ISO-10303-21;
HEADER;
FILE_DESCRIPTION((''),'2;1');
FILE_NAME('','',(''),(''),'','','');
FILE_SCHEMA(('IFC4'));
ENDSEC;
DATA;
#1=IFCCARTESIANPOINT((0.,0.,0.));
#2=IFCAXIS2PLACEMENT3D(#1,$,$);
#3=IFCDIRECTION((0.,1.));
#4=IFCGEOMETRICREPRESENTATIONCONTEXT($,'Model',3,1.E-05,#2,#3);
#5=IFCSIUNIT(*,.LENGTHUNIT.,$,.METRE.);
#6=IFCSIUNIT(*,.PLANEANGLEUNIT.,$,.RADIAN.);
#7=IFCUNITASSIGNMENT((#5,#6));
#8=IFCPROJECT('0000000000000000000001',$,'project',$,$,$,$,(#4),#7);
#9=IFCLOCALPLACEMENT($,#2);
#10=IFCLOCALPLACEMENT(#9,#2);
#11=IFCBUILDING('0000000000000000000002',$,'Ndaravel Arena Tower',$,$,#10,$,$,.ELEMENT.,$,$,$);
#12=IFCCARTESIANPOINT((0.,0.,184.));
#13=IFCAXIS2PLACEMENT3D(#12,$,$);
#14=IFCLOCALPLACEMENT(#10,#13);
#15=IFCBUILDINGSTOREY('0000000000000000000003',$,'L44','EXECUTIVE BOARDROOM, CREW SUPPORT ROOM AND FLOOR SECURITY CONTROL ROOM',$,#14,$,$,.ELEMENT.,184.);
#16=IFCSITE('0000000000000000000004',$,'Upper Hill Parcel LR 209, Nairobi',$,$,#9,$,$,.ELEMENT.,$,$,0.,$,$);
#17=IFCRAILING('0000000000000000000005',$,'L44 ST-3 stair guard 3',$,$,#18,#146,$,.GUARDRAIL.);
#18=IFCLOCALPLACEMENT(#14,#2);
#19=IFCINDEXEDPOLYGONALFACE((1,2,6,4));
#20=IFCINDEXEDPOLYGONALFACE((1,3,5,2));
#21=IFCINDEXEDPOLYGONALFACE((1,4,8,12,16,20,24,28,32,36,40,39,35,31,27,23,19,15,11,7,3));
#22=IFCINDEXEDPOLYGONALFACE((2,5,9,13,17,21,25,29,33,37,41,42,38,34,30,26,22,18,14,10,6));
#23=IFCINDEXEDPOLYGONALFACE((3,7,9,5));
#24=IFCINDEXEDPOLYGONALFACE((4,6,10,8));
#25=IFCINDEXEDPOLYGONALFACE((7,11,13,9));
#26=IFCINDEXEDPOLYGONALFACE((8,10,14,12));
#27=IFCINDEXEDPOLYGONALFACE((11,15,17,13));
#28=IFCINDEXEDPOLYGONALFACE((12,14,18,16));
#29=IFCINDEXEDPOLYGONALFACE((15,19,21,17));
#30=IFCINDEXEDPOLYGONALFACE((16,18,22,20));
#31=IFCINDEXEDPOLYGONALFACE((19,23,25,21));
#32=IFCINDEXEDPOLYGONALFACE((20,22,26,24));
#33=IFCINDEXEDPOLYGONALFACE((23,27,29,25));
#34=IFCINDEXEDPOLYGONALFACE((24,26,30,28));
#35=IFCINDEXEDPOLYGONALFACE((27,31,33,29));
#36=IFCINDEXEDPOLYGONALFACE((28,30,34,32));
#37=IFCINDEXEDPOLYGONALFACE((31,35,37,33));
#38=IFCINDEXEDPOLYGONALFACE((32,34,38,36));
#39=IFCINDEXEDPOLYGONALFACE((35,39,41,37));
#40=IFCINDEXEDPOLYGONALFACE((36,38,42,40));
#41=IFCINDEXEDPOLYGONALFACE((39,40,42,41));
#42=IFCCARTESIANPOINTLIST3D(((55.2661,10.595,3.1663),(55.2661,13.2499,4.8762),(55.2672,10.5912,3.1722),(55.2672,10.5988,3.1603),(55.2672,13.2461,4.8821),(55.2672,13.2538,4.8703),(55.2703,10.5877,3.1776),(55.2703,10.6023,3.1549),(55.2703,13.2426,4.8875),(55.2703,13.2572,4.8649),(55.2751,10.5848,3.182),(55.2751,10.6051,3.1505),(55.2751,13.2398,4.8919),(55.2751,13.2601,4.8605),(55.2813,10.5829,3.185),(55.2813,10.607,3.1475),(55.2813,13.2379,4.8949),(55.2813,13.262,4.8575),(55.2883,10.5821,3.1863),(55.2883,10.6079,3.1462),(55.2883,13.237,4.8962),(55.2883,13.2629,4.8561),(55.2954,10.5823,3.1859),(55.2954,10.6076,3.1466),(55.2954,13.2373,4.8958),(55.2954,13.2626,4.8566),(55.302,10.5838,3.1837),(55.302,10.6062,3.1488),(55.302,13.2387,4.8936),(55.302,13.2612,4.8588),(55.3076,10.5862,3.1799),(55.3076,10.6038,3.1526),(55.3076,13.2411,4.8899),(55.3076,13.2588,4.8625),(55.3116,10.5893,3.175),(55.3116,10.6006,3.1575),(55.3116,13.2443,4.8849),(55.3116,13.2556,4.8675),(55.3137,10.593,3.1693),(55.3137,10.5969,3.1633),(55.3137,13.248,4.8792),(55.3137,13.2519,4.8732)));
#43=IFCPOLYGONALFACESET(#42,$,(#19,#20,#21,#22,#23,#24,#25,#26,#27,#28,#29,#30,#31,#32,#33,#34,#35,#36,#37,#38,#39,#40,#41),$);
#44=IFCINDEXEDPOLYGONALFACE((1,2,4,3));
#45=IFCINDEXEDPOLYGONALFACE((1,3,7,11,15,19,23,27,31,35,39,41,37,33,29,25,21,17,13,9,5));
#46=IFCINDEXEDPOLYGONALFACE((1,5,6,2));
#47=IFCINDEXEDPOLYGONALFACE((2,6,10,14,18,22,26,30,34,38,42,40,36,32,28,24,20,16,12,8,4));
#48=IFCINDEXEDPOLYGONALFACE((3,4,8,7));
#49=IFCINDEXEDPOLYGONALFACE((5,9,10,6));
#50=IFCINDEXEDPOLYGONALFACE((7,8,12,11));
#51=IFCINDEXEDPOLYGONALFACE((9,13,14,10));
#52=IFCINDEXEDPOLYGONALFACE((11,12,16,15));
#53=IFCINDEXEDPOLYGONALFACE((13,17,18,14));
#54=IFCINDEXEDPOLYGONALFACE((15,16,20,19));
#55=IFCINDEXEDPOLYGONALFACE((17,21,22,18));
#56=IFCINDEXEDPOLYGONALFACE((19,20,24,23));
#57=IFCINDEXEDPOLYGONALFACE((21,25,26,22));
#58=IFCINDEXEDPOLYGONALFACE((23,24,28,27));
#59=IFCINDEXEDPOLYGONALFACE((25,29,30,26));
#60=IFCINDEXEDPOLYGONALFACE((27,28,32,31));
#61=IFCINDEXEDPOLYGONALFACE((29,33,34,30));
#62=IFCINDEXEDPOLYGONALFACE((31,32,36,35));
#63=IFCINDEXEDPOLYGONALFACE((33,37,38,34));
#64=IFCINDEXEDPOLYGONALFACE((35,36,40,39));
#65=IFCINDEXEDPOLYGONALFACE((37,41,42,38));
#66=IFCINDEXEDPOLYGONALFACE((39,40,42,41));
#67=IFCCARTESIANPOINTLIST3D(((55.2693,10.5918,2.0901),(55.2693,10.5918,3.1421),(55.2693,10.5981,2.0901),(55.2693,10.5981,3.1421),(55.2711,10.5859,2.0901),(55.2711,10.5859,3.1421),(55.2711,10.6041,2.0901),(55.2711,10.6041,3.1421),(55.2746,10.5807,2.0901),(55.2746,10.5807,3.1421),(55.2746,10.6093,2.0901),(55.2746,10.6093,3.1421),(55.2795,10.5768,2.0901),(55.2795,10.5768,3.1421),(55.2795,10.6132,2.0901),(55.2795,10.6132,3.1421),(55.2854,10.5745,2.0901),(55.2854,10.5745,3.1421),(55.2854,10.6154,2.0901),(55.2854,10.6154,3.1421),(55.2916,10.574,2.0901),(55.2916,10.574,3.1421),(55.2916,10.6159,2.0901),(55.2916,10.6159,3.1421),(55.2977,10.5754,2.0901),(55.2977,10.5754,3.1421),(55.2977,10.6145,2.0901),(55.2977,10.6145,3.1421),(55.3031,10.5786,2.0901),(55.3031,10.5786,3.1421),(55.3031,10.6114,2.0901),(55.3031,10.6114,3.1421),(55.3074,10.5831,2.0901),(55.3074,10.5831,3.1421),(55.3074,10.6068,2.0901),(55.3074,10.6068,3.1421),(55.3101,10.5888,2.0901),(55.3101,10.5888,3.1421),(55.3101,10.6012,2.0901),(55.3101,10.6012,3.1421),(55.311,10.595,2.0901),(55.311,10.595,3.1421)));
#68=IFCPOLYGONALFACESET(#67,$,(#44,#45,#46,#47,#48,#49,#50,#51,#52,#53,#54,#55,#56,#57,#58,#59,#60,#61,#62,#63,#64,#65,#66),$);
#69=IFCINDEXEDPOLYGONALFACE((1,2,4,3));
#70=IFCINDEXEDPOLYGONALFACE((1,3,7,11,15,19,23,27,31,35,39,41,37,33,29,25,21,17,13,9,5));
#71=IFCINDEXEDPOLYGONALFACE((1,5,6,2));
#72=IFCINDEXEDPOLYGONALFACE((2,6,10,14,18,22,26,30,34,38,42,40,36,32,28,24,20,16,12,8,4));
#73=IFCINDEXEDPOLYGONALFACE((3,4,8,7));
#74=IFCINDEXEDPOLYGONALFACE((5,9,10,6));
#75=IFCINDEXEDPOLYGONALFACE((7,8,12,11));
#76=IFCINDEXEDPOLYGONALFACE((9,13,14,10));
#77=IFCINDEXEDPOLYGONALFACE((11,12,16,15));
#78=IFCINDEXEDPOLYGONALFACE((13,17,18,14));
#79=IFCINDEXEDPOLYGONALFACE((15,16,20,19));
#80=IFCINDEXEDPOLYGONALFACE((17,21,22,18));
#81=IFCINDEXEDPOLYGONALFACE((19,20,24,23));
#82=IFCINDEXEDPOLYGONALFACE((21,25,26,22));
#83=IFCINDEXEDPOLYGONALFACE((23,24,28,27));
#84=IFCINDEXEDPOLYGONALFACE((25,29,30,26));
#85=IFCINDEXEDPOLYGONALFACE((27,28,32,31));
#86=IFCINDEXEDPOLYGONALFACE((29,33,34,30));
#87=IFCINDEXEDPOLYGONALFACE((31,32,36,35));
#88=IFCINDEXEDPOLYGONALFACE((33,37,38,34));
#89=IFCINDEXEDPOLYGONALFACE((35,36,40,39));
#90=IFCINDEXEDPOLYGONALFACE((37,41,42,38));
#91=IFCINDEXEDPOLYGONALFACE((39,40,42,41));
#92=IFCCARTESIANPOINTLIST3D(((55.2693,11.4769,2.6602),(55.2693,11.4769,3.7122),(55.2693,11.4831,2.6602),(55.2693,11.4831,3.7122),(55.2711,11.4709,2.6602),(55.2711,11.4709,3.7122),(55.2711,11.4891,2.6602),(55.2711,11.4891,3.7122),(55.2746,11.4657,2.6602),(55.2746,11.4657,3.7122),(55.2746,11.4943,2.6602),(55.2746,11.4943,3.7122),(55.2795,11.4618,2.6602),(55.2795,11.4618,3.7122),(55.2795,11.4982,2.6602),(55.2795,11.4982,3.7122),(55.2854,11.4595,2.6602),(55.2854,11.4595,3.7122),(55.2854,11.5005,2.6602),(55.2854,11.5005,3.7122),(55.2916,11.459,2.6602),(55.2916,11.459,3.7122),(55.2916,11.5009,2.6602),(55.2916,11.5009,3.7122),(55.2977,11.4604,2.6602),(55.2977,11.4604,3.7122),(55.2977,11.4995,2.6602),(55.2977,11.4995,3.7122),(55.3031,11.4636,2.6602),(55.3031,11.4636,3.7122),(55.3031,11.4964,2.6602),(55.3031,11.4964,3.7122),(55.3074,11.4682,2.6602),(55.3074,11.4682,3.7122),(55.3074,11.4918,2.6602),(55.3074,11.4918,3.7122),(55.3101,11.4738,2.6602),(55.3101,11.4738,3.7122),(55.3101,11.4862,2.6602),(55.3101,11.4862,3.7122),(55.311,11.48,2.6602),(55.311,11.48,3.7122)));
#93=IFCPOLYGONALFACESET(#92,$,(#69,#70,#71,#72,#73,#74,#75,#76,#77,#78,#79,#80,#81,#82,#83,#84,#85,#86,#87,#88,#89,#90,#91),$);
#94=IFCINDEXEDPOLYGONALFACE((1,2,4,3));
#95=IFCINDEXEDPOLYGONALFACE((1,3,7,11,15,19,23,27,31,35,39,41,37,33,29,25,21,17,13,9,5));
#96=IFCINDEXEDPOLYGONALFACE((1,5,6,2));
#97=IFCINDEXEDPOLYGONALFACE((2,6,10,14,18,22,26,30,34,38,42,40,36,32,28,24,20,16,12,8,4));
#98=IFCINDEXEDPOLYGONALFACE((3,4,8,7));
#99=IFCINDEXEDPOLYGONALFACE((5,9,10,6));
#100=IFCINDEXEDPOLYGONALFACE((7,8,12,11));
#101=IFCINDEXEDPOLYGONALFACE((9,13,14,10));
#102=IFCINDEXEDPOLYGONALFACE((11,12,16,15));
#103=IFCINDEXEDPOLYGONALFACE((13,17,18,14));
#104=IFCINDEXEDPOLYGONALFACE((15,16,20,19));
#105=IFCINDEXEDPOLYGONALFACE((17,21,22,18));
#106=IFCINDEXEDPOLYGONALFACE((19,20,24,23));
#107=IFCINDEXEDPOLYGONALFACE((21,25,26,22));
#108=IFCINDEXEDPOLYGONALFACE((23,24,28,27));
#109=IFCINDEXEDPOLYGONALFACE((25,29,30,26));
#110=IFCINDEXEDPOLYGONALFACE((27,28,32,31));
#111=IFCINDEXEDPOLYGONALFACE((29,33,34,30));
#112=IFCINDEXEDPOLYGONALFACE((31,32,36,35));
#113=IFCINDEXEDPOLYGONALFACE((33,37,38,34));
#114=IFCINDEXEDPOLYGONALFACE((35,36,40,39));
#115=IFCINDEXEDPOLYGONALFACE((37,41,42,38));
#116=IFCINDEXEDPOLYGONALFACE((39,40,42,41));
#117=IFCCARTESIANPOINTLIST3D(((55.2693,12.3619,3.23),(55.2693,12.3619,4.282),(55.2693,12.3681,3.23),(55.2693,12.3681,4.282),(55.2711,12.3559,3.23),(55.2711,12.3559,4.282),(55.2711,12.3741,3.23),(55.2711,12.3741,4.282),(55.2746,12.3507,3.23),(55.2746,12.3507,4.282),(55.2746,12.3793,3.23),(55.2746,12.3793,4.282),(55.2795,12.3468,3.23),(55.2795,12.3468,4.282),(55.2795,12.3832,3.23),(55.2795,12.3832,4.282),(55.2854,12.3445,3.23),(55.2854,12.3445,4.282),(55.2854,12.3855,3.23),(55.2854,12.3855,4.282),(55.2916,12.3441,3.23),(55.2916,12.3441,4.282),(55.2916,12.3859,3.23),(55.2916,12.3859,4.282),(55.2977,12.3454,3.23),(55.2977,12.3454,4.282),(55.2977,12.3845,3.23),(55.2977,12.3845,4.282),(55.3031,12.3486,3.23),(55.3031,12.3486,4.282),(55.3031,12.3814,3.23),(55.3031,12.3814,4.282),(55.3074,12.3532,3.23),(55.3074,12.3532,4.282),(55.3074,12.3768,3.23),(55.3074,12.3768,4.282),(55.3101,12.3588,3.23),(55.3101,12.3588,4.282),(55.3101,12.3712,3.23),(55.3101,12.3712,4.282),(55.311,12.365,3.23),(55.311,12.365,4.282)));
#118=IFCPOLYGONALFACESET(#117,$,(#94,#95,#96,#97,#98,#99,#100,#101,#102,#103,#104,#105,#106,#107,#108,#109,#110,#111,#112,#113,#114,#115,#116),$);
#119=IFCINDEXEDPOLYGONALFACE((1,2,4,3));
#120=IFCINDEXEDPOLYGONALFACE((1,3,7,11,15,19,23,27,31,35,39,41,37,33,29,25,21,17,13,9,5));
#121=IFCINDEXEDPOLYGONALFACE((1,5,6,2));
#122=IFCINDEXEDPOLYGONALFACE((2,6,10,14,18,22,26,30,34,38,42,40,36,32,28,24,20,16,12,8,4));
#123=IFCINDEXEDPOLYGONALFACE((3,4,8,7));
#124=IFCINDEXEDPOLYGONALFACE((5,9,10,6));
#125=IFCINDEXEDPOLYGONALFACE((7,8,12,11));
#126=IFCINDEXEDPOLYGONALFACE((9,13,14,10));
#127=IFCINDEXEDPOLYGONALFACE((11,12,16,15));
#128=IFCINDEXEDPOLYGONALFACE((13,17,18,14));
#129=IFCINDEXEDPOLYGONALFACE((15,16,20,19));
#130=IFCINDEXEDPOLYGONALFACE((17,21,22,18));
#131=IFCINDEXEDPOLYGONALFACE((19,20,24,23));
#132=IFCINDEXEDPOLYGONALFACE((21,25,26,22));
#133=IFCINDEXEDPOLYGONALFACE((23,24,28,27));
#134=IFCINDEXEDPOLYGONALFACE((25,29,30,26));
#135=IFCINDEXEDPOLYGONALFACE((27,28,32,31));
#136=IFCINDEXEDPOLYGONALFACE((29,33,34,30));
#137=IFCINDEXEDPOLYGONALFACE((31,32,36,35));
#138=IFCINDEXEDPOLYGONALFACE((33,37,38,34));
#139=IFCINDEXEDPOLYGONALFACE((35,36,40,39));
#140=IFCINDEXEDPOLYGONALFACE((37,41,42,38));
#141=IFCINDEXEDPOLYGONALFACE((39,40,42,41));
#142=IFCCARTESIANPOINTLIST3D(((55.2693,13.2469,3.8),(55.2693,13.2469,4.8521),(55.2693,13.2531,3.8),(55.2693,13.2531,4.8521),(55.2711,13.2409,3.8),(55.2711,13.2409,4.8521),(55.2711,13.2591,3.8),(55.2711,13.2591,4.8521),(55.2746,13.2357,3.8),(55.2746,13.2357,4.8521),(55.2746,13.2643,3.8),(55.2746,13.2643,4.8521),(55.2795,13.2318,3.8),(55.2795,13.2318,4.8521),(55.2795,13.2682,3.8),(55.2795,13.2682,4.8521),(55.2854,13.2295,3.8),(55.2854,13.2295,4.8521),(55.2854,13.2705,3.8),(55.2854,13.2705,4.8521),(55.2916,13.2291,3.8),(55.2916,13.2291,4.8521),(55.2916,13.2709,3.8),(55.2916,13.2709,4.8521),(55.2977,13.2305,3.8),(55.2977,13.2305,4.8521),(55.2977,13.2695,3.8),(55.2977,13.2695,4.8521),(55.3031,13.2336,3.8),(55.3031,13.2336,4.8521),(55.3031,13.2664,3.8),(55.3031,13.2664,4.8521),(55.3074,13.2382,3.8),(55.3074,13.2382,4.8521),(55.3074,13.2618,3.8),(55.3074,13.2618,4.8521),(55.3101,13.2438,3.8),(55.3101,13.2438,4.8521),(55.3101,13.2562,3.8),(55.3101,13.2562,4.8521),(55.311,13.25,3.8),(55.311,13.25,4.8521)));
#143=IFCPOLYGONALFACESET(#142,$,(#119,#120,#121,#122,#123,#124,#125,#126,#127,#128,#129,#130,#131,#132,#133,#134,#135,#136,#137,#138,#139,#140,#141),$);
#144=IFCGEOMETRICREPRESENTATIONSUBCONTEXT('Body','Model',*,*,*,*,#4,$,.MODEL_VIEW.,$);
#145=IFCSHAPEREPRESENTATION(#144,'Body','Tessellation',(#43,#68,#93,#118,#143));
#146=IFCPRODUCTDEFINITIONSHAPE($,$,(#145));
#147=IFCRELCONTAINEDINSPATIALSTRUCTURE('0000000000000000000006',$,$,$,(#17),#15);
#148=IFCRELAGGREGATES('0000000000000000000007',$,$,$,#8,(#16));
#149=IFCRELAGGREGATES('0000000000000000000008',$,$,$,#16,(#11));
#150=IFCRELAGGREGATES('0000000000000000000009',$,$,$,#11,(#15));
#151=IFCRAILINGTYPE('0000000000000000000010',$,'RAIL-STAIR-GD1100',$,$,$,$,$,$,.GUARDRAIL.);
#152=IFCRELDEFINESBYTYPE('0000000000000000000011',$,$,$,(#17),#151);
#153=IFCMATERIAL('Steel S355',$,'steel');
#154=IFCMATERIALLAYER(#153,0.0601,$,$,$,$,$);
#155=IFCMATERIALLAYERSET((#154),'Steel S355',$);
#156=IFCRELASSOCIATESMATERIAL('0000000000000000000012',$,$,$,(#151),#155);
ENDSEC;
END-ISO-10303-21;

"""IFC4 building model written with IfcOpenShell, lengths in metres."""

from ifc_helpers import new_model, si_unit, direction, frame, origin, origin_2d, place, context, subcontext, project, spatial, circle, extrude, material, layer, layer_set, type_object, element, save


model = new_model("IFC4")

# Units and contexts
model_context = context("Model", 3, precision=1e-05, world=origin(), true_north=direction((0.0, 1.0)))
body_context = subcontext(model_context, "Body", "Model", "MODEL_VIEW")
ifc_project = project(units=[si_unit("LENGTHUNIT", "METRE"), si_unit("PLANEANGLEUNIT", "RADIAN")], contexts=[model_context])

# Site, building, storey
site_placement = place(None, origin())
site = spatial("IfcSite", under=ifc_project, at=site_placement, Name="Upper Hill Parcel LR 209, Nairobi", CompositionType="ELEMENT", RefElevation=0.0)
building_placement = place(site_placement, origin())
building = spatial("IfcBuilding", under=site, at=building_placement, Name="Ndaravel Arena Tower", CompositionType="ELEMENT")
storey_placement = place(building_placement, frame((0.0, 0.0, 184.0)))
storey = spatial("IfcBuildingStorey", under=building, at=storey_placement, Name="L44", Description="EXECUTIVE BOARDROOM, CREW SUPPORT ROOM AND FLOOR SECURITY CONTROL ROOM", CompositionType="ELEMENT", Elevation=184.0)

# Railing
ifc_material_1 = material(Name="Steel S355", Category="steel")
ifc_layer_1 = layer(ifc_material_1, 0.0601)
ifc_layer_set_1 = layer_set([ifc_layer_1], Name="Steel S355")
railing_type_1 = type_object("IfcRailingType", Name="RAIL-STAIR-GD1100", PredefinedType="GUARDRAIL", material=ifc_layer_set_1)
railing_1_placement = place(storey_placement, frame((55.29, 10.595, 2.0901)))
element("IfcRailing", 1, at=railing_1_placement, inside=storey, type_object=railing_type_1, Name="L44 ST-3 stair guard 3", PredefinedType="GUARDRAIL", context=body_context, shape_type="SweptSolid", body=[
    extrude(circle(Radius=0.0239, at=origin_2d()), frame((0.0, 0.0, 1.0762), z_axis=(0.0, 0.840724, 0.541465), x_axis=(-1.0, 0.0, 0.0)), (0.0, 0.0, 1.0), 3.158),
    extrude(circle(Radius=0.021, at=origin_2d()), origin(), (0.0, 0.0, 1.0), 1.052),
    extrude(circle(Radius=0.021, at=origin_2d()), frame((0.0, 0.885, 0.5701)), (0.0, 0.0, 1.0), 1.052),
    extrude(circle(Radius=0.021, at=origin_2d()), frame((0.0, 1.77, 1.1399)), (0.0, 0.0, 1.0), 1.052),
    extrude(circle(Radius=0.021, at=origin_2d()), frame((0.0, 2.655, 1.71)), (0.0, 0.0, 1.0), 1.052),
])

save(model, "model.ifc")
